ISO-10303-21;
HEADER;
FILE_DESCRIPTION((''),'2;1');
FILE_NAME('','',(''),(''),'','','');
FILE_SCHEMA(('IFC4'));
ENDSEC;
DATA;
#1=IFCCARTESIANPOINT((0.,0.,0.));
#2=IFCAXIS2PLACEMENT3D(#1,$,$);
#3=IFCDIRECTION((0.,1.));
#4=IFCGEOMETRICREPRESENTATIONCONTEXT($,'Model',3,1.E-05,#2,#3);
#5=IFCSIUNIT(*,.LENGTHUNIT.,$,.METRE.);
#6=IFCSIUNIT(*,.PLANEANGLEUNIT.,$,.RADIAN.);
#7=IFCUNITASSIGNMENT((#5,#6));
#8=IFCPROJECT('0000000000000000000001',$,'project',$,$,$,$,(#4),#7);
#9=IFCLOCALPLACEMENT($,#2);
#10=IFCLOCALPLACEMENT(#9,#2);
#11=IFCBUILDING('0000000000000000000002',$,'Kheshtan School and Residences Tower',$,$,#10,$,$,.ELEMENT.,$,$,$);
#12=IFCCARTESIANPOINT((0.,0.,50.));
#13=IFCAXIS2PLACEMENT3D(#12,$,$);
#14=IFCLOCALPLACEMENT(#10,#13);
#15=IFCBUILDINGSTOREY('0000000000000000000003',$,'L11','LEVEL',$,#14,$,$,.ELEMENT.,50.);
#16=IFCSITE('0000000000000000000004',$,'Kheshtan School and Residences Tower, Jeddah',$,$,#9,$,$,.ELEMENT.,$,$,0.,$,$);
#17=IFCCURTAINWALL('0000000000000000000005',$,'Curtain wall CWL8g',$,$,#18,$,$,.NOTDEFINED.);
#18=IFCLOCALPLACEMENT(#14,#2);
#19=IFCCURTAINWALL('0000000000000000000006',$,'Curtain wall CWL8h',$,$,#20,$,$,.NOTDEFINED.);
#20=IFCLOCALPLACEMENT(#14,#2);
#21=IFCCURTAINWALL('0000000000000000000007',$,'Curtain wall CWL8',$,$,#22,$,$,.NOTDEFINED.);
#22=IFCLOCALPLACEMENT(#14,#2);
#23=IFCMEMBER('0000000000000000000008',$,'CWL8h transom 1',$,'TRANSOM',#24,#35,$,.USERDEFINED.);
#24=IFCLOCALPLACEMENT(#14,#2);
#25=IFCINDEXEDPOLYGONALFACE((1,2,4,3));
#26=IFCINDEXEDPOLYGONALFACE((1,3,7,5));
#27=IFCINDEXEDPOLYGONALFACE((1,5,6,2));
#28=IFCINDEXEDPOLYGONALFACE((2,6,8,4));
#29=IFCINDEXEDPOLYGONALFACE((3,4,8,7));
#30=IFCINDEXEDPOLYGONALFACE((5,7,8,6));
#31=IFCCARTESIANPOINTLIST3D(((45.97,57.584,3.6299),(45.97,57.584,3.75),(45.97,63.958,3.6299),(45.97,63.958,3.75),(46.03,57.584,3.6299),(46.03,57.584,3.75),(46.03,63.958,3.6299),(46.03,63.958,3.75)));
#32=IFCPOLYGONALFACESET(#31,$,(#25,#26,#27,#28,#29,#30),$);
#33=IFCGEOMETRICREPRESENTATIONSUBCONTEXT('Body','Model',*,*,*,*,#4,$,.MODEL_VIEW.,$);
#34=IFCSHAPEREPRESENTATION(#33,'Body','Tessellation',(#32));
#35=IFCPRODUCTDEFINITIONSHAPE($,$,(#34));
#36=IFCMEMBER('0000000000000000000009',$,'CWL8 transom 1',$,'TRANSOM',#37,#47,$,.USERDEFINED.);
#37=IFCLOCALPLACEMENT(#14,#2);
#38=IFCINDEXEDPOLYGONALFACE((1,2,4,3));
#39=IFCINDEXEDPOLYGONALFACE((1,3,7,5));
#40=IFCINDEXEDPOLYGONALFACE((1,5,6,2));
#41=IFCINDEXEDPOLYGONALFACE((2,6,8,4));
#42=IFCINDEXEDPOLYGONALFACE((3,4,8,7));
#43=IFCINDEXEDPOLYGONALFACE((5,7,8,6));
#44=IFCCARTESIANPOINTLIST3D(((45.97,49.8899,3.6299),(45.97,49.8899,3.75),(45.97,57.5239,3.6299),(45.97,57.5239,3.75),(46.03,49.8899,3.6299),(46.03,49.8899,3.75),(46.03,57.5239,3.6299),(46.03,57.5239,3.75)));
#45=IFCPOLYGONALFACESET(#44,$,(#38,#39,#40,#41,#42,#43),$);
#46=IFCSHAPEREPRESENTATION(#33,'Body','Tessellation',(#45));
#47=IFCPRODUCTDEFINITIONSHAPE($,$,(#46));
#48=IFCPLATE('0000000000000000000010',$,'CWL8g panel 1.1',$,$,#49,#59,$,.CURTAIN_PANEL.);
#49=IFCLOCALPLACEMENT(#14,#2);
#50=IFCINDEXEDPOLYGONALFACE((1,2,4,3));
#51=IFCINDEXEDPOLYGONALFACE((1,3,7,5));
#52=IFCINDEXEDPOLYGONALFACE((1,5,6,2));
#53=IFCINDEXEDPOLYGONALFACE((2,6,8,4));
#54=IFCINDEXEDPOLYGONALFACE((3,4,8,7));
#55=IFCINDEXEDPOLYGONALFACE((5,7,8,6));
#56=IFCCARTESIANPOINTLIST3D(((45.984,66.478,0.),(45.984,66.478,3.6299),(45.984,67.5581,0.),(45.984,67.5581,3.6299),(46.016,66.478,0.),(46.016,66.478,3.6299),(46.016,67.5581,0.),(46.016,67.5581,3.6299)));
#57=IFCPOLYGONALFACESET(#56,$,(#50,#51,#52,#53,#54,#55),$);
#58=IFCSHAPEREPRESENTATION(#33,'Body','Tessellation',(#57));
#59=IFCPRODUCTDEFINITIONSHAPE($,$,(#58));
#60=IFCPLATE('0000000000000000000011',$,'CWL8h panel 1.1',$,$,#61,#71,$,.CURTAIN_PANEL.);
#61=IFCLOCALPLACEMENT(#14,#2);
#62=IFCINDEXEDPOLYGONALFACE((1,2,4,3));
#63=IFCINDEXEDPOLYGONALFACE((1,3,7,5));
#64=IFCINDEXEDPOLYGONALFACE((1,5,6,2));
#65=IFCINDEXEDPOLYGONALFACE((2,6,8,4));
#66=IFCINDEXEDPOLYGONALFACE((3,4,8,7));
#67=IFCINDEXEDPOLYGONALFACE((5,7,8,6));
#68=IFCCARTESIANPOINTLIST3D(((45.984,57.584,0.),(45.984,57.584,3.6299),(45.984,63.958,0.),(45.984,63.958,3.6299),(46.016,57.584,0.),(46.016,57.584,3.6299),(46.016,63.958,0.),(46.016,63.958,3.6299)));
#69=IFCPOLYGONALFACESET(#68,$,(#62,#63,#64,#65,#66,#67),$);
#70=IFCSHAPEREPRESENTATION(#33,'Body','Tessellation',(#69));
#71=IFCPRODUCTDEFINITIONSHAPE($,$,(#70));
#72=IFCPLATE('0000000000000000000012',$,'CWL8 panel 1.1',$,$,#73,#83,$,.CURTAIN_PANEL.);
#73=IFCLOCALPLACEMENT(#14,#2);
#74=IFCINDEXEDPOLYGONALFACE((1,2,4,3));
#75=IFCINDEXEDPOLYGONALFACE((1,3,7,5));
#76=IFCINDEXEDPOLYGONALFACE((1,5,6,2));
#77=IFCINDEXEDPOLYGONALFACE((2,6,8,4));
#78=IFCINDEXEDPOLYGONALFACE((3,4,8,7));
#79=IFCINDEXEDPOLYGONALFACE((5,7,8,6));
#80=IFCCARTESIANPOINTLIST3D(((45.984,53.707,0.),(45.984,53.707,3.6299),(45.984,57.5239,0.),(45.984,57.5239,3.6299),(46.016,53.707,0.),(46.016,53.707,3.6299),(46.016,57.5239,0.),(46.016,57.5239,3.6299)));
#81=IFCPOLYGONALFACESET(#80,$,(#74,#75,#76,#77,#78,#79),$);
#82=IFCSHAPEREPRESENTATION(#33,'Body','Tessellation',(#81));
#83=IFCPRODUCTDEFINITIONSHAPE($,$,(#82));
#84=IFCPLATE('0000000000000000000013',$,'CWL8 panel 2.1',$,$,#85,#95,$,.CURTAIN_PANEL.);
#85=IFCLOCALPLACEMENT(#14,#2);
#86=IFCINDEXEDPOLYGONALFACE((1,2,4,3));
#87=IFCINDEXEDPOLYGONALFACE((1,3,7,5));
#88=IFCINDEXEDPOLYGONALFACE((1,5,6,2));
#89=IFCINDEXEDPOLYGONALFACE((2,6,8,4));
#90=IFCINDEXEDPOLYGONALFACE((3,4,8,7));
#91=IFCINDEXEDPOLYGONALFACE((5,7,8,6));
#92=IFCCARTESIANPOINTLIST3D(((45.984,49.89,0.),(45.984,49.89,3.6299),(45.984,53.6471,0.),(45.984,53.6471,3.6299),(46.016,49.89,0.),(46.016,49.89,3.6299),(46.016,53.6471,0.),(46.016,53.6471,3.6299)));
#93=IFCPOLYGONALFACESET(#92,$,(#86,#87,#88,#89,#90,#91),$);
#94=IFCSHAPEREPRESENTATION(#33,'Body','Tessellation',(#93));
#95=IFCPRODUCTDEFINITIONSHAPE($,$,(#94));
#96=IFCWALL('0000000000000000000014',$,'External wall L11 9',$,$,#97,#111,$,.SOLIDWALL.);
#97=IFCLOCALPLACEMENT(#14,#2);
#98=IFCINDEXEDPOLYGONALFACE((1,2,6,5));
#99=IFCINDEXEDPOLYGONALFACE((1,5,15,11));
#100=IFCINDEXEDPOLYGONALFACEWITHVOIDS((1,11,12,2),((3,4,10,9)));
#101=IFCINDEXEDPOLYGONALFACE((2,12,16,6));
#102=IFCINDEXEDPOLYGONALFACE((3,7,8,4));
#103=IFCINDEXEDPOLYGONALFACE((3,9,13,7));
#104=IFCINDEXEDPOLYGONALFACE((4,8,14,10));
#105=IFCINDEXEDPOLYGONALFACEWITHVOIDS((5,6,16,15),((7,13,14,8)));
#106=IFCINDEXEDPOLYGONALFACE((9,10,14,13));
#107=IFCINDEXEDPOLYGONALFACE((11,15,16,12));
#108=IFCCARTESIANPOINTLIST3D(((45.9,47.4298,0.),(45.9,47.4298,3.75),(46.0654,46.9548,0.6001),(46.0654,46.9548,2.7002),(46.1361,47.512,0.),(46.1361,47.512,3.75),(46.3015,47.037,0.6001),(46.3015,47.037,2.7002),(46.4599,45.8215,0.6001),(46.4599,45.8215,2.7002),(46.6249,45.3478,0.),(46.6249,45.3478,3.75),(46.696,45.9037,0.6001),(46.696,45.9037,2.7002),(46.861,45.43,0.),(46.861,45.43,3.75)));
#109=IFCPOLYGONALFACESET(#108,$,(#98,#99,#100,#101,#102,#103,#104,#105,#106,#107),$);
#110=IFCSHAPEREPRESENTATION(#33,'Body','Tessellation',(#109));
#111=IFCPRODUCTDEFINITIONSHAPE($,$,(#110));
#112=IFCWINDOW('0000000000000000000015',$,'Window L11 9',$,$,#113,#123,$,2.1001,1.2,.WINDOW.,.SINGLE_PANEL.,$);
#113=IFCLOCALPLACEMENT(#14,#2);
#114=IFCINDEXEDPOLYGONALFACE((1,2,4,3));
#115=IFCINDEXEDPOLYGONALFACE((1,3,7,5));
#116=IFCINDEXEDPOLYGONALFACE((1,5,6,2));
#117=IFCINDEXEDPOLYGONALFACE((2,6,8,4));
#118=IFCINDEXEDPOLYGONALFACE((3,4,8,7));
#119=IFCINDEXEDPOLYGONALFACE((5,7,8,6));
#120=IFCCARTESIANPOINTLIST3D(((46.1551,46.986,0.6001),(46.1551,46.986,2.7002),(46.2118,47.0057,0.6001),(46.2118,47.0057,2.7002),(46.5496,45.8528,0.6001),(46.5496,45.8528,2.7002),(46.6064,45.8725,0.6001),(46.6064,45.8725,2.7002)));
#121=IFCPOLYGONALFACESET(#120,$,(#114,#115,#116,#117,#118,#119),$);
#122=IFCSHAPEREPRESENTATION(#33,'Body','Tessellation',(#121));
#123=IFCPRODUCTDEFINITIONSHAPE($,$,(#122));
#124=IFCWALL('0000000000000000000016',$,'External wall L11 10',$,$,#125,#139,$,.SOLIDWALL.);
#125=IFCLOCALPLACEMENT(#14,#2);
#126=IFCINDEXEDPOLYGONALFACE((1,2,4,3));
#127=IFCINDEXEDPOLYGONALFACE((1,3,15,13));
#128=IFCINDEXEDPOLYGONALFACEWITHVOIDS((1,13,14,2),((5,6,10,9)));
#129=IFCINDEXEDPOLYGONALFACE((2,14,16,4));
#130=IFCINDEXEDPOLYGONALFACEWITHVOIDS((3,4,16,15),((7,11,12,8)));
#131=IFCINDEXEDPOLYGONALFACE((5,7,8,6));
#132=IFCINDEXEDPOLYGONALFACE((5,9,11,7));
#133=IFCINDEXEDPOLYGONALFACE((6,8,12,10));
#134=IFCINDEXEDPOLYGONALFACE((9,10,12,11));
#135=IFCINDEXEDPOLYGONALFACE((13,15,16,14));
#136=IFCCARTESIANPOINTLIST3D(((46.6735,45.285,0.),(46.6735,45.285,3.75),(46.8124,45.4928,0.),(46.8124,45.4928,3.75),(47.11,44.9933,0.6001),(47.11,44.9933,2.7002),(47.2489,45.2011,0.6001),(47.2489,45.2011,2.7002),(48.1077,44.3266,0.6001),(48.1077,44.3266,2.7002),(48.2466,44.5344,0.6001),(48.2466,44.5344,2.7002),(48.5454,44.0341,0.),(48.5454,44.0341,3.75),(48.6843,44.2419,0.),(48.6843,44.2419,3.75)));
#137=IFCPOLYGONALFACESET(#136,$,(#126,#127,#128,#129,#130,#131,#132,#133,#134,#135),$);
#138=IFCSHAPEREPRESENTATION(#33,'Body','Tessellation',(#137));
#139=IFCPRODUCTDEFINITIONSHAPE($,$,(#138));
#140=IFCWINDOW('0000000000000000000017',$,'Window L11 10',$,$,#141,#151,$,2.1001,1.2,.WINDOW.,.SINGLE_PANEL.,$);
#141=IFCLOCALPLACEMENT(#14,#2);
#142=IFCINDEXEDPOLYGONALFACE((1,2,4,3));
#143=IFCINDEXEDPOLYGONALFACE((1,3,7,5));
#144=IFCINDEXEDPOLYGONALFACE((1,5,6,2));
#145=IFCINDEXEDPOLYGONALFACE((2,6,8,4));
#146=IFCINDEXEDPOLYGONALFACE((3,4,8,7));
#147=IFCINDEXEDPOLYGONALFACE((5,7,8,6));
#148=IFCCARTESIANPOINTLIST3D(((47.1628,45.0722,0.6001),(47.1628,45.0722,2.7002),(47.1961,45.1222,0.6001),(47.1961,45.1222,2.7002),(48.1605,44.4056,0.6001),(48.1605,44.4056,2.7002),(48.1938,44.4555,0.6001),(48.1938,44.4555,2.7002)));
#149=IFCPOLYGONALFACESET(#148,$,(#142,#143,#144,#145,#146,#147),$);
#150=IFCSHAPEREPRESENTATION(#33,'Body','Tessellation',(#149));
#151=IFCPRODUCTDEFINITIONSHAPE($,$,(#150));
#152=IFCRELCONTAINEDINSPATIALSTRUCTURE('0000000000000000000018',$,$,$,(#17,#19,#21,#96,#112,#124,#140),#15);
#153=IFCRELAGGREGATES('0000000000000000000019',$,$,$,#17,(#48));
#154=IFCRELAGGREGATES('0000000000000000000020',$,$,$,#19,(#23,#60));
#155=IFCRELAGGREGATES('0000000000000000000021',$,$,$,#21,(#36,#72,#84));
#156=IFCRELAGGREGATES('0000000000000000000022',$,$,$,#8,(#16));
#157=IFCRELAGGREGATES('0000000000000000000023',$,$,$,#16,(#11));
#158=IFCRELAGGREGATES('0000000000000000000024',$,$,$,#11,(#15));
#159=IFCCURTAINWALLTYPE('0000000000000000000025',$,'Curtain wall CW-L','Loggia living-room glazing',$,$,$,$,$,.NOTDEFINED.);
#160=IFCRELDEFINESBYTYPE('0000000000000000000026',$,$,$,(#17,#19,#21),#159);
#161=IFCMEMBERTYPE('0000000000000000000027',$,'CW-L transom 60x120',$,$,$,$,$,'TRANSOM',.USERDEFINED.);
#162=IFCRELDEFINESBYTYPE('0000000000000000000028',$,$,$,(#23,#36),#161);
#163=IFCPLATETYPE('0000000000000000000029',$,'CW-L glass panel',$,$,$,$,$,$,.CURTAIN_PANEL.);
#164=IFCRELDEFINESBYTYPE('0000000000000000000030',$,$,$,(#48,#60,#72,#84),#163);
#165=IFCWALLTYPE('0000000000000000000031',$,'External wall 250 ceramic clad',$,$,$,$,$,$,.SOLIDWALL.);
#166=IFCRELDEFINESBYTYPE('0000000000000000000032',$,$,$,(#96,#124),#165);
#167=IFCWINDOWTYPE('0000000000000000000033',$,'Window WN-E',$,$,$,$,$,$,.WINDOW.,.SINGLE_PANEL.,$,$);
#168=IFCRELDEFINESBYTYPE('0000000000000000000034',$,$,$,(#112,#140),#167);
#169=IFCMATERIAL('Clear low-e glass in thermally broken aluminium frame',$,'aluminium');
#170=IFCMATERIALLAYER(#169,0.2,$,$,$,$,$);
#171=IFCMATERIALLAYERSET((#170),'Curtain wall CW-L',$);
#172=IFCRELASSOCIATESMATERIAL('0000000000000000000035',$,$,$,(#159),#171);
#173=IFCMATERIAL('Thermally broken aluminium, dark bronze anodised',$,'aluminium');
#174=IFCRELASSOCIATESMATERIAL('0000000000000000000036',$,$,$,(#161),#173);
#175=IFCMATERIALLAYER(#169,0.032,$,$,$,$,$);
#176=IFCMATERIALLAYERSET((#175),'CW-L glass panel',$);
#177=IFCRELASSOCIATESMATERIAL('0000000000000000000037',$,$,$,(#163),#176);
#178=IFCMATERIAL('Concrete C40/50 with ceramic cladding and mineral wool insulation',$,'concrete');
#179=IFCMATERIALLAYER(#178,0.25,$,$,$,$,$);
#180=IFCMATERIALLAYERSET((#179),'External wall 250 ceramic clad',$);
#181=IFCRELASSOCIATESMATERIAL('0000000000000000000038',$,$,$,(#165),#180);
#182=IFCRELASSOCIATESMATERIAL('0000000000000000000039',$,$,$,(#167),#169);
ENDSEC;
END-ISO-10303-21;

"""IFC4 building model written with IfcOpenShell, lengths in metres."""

from ifc_helpers import new_model, si_unit, direction, frame, frame_2d, origin, origin_2d, place, context, subcontext, project, spatial, rectangle, extrude, source, transform, mapped, material, layer, layer_set, material_profile, profile_set, type_object, element, fill, aggregate, save


model = new_model("IFC4")

# Units and contexts
model_context = context("Model", 3, precision=1e-05, world=origin(), true_north=direction((0.0, 1.0)))
body_context = subcontext(model_context, "Body", "Model", "MODEL_VIEW")
ifc_project = project(units=[si_unit("LENGTHUNIT", "METRE"), si_unit("PLANEANGLEUNIT", "RADIAN")], contexts=[model_context])

# Site, building, storey
site_placement = place(None, origin())
site = spatial("IfcSite", under=ifc_project, at=site_placement, Name="Kheshtan School and Residences Tower, Jeddah", CompositionType="ELEMENT", RefElevation=0.0)
building_placement = place(site_placement, origin())
building = spatial("IfcBuilding", under=site, at=building_placement, Name="Kheshtan School and Residences Tower", CompositionType="ELEMENT")
storey_placement = place(building_placement, frame((0.0, 0.0, 50.0)))
storey = spatial("IfcBuildingStorey", under=building, at=storey_placement, Name="L11", Description="LEVEL", CompositionType="ELEMENT", Elevation=50.0)

# Curtain walls
ifc_material_1 = material(Name="Clear low-e glass in thermally broken aluminium frame", Category="aluminium")
ifc_layer_1 = layer(ifc_material_1, 0.2)
ifc_layer_set_1 = layer_set([ifc_layer_1], Name="Curtain wall CW-L")
curtain_wall_type = type_object("IfcCurtainWallType", Name="Curtain wall CW-L", Description="Loggia living-room glazing", PredefinedType="NOTDEFINED", material=ifc_layer_set_1)
curtain_wall_1_placement = place(storey_placement, origin())
curtain_wall_1 = element("IfcCurtainWall", 1, at=curtain_wall_1_placement, inside=storey, type_object=curtain_wall_type, Name="Curtain wall CWL8g", PredefinedType="NOTDEFINED")
ifc_material_2 = material(Name="Thermally broken aluminium, dark bronze anodised", Category="aluminium")
curtain_wall_2_placement = place(storey_placement, origin())
curtain_wall_2 = element("IfcCurtainWall", 2, at=curtain_wall_2_placement, inside=storey, type_object=curtain_wall_type, Name="Curtain wall CWL8h", PredefinedType="NOTDEFINED")
curtain_wall_3_placement = place(storey_placement, origin())
curtain_wall_3 = element("IfcCurtainWall", 3, at=curtain_wall_3_placement, inside=storey, type_object=curtain_wall_type, Name="Curtain wall CWL8", PredefinedType="NOTDEFINED")

# Members
ifc_material_profile_1 = material_profile(ifc_material_2, rectangle(XDim=0.0601, YDim=0.1201, at=origin_2d()), Name="CW-L transom 60x120")
ifc_profile_set_1 = profile_set([ifc_material_profile_1], Name="Thermally broken aluminium, dark bronze anodised")
member_type_1 = type_object("IfcMemberType", Name="CW-L transom 60x120", ElementType="TRANSOM", PredefinedType="USERDEFINED", material=ifc_profile_set_1)
member_1_placement = place(storey_placement, frame((46.0, 63.958, 3.6899), z_axis=(0.0, -1.0, 0.0), x_axis=(1.0, 0.0, 0.0)))
member_1 = element("IfcMember", 4, at=member_1_placement, type_object=member_type_1, Name="CWL8h transom 1", ObjectType="TRANSOM", PredefinedType="USERDEFINED", context=body_context, shape_type="SweptSolid", body=[
    extrude(rectangle(XDim=0.0601, YDim=0.1201, at=origin_2d()), origin(), (0.0, 0.0, 1.0), 6.374),
])
member_2_placement = place(storey_placement, frame((46.0, 57.5239, 3.6899), z_axis=(0.0, -1.0, 0.0), x_axis=(1.0, 0.0, 0.0)))
member_2 = element("IfcMember", 5, at=member_2_placement, type_object=member_type_1, Name="CWL8 transom 1", ObjectType="TRANSOM", PredefinedType="USERDEFINED", context=body_context, shape_type="SweptSolid", body=[
    extrude(rectangle(XDim=0.0601, YDim=0.1201, at=origin_2d()), origin(), (0.0, 0.0, 1.0), 7.634),
])

# Plates
ifc_layer_2 = layer(ifc_material_1, 0.032)
ifc_layer_set_2 = layer_set([ifc_layer_2], Name="CW-L glass panel")
plate_type = type_object("IfcPlateType", Name="CW-L glass panel", PredefinedType="CURTAIN_PANEL", material=ifc_layer_set_2)
plate_1_placement = place(storey_placement, frame((46.0, 67.0181, 0.0), z_axis=(0.0, 0.0, 1.0), x_axis=(0.0, -1.0, 0.0)))
plate_1 = element("IfcPlate", 6, at=plate_1_placement, type_object=plate_type, Name="CWL8g panel 1.1", PredefinedType="CURTAIN_PANEL", context=body_context, shape_type="SweptSolid", body=[
    extrude(rectangle(XDim=1.0801, YDim=0.032, at=origin_2d()), origin(), (0.0, 0.0, 1.0), 3.6299),
])
aggregate(curtain_wall_1, [plate_1])
plate_2_placement = place(storey_placement, frame((46.0, 60.771, 0.0), z_axis=(0.0, 0.0, 1.0), x_axis=(0.0, -1.0, 0.0)))
plate_2 = element("IfcPlate", 7, at=plate_2_placement, type_object=plate_type, Name="CWL8h panel 1.1", PredefinedType="CURTAIN_PANEL", context=body_context, shape_type="SweptSolid", body=[
    extrude(rectangle(XDim=6.374, YDim=0.032, at=origin_2d()), origin(), (0.0, 0.0, 1.0), 3.6299),
])
aggregate(curtain_wall_2, [member_1, plate_2])
plate_3_placement = place(storey_placement, frame((46.0, 55.6155, 0.0), z_axis=(0.0, 0.0, 1.0), x_axis=(0.0, -1.0, 0.0)))
plate_3 = element("IfcPlate", 8, at=plate_3_placement, type_object=plate_type, Name="CWL8 panel 1.1", PredefinedType="CURTAIN_PANEL", context=body_context, shape_type="SweptSolid", body=[
    extrude(rectangle(XDim=3.8169, YDim=0.032, at=origin_2d()), origin(), (0.0, 0.0, 1.0), 3.6299),
])
plate_4_placement = place(storey_placement, frame((46.0, 51.7686, 0.0), z_axis=(0.0, 0.0, 1.0), x_axis=(0.0, -1.0, 0.0)))
plate_4 = element("IfcPlate", 9, at=plate_4_placement, type_object=plate_type, Name="CWL8 panel 2.1", PredefinedType="CURTAIN_PANEL", context=body_context, shape_type="SweptSolid", body=[
    extrude(rectangle(XDim=3.7571, YDim=0.032, at=origin_2d()), origin(), (0.0, 0.0, 1.0), 3.6299),
])
aggregate(curtain_wall_3, [member_2, plate_3, plate_4])

# Walls, openings, windows
ifc_material_3 = material(Name="Concrete C40/50 with ceramic cladding and mineral wool insulation", Category="concrete")
ifc_layer_3 = layer(ifc_material_3, 0.25)
ifc_layer_set_3 = layer_set([ifc_layer_3], Name="External wall 250 ceramic clad")
wall_type_1 = type_object("IfcWallType", Name="External wall 250 ceramic clad", PredefinedType="SOLIDWALL", material=ifc_layer_set_3)
wall_1_placement = place(storey_placement, frame((46.0181, 47.4709, 0.0), z_axis=(0.0, 0.0, 1.0), x_axis=(0.328791, -0.944403, 0.0)))
wall_1 = element("IfcWall", 10, at=wall_1_placement, inside=storey, type_object=wall_type_1, Name="External wall L11 9", PredefinedType="SOLIDWALL", context=body_context, shape_type="SweptSolid", body=[
    extrude(rectangle(XDim=2.2046, YDim=0.25, at=frame_2d((1.1023, 0.0))), origin(), (0.0, 0.0, 1.0), 3.75),
])
opening_1_placement = place(wall_1_placement, frame((0.5029, 0.0, 0.6001)))
opening_1 = element("IfcOpeningElement", 11, at=opening_1_placement, cuts=wall_1, PredefinedType="OPENING", context=body_context, shape_type="SweptSolid", body=[
    extrude(rectangle(XDim=1.2, YDim=2.1001, at=frame_2d((0.6001, 1.05))), frame((0.0, 0.135, 0.0), z_axis=(0.0, -1.0, 0.0), x_axis=(1.0, 0.0, 0.0)), (0.0, 0.0, 1.0), 0.27),
])
window_type = type_object("IfcWindowType", Name="Window WN-E", PartitioningType="SINGLE_PANEL", PredefinedType="WINDOW", material=ifc_material_1)
shared_shape_1 = source(origin(), body_context, "Body", "SweptSolid", [
    extrude(rectangle(XDim=1.2, YDim=2.1001, at=frame_2d((0.6001, 1.05))), frame((0.0, 0.03, 0.0), z_axis=(0.0, -1.0, 0.0), x_axis=(1.0, 0.0, 0.0)), (0.0, 0.0, 1.0), 0.0601),
])
window_1_placement = place(opening_1_placement, origin())
window_1 = element("IfcWindow", 12, at=window_1_placement, inside=storey, type_object=window_type, Name="Window L11 9", OverallHeight=2.1001, OverallWidth=1.2, PartitioningType="SINGLE_PANEL", PredefinedType="WINDOW", context=body_context, shape_type="MappedRepresentation", body=[
    mapped(shared_shape_1, transform((0.0, 0.0, 0.0), x_axis=(1.0, 0.0, 0.0), y_axis=(0.0, 1.0, 0.0), z_axis=(0.0, 0.0, 1.0), scale=1.0)),
])
fill(opening_1, window_1)
wall_2_placement = place(storey_placement, frame((46.7429, 45.3889, 0.0), z_axis=(0.0, 0.0, 1.0), x_axis=(0.831449, -0.555601, 0.0)))
wall_2 = element("IfcWall", 13, at=wall_2_placement, inside=storey, type_object=wall_type_1, Name="External wall L11 10", PredefinedType="SOLIDWALL", context=body_context, shape_type="SweptSolid", body=[
    extrude(rectangle(XDim=2.2515, YDim=0.25, at=frame_2d((1.1257, 0.0))), origin(), (0.0, 0.0, 1.0), 3.75),
])
opening_2_placement = place(wall_2_placement, frame((0.5249, 0.0, 0.6001)))
opening_2 = element("IfcOpeningElement", 14, at=opening_2_placement, cuts=wall_2, PredefinedType="OPENING", context=body_context, shape_type="SweptSolid", body=[
    extrude(rectangle(XDim=1.2, YDim=2.1001, at=frame_2d((0.6001, 1.05))), frame((0.0, 0.135, 0.0), z_axis=(0.0, -1.0, 0.0), x_axis=(1.0, 0.0, 0.0)), (0.0, 0.0, 1.0), 0.27),
])
window_2_placement = place(opening_2_placement, origin())
window_2 = element("IfcWindow", 15, at=window_2_placement, inside=storey, type_object=window_type, Name="Window L11 10", OverallHeight=2.1001, OverallWidth=1.2, PartitioningType="SINGLE_PANEL", PredefinedType="WINDOW", context=body_context, shape_type="MappedRepresentation", body=[
    mapped(shared_shape_1, transform((0.0, 0.0, 0.0), x_axis=(1.0, 0.0, 0.0), y_axis=(0.0, 1.0, 0.0), z_axis=(0.0, 0.0, 1.0), scale=1.0)),
])
fill(opening_2, window_2)

save(model, "model.ifc")
